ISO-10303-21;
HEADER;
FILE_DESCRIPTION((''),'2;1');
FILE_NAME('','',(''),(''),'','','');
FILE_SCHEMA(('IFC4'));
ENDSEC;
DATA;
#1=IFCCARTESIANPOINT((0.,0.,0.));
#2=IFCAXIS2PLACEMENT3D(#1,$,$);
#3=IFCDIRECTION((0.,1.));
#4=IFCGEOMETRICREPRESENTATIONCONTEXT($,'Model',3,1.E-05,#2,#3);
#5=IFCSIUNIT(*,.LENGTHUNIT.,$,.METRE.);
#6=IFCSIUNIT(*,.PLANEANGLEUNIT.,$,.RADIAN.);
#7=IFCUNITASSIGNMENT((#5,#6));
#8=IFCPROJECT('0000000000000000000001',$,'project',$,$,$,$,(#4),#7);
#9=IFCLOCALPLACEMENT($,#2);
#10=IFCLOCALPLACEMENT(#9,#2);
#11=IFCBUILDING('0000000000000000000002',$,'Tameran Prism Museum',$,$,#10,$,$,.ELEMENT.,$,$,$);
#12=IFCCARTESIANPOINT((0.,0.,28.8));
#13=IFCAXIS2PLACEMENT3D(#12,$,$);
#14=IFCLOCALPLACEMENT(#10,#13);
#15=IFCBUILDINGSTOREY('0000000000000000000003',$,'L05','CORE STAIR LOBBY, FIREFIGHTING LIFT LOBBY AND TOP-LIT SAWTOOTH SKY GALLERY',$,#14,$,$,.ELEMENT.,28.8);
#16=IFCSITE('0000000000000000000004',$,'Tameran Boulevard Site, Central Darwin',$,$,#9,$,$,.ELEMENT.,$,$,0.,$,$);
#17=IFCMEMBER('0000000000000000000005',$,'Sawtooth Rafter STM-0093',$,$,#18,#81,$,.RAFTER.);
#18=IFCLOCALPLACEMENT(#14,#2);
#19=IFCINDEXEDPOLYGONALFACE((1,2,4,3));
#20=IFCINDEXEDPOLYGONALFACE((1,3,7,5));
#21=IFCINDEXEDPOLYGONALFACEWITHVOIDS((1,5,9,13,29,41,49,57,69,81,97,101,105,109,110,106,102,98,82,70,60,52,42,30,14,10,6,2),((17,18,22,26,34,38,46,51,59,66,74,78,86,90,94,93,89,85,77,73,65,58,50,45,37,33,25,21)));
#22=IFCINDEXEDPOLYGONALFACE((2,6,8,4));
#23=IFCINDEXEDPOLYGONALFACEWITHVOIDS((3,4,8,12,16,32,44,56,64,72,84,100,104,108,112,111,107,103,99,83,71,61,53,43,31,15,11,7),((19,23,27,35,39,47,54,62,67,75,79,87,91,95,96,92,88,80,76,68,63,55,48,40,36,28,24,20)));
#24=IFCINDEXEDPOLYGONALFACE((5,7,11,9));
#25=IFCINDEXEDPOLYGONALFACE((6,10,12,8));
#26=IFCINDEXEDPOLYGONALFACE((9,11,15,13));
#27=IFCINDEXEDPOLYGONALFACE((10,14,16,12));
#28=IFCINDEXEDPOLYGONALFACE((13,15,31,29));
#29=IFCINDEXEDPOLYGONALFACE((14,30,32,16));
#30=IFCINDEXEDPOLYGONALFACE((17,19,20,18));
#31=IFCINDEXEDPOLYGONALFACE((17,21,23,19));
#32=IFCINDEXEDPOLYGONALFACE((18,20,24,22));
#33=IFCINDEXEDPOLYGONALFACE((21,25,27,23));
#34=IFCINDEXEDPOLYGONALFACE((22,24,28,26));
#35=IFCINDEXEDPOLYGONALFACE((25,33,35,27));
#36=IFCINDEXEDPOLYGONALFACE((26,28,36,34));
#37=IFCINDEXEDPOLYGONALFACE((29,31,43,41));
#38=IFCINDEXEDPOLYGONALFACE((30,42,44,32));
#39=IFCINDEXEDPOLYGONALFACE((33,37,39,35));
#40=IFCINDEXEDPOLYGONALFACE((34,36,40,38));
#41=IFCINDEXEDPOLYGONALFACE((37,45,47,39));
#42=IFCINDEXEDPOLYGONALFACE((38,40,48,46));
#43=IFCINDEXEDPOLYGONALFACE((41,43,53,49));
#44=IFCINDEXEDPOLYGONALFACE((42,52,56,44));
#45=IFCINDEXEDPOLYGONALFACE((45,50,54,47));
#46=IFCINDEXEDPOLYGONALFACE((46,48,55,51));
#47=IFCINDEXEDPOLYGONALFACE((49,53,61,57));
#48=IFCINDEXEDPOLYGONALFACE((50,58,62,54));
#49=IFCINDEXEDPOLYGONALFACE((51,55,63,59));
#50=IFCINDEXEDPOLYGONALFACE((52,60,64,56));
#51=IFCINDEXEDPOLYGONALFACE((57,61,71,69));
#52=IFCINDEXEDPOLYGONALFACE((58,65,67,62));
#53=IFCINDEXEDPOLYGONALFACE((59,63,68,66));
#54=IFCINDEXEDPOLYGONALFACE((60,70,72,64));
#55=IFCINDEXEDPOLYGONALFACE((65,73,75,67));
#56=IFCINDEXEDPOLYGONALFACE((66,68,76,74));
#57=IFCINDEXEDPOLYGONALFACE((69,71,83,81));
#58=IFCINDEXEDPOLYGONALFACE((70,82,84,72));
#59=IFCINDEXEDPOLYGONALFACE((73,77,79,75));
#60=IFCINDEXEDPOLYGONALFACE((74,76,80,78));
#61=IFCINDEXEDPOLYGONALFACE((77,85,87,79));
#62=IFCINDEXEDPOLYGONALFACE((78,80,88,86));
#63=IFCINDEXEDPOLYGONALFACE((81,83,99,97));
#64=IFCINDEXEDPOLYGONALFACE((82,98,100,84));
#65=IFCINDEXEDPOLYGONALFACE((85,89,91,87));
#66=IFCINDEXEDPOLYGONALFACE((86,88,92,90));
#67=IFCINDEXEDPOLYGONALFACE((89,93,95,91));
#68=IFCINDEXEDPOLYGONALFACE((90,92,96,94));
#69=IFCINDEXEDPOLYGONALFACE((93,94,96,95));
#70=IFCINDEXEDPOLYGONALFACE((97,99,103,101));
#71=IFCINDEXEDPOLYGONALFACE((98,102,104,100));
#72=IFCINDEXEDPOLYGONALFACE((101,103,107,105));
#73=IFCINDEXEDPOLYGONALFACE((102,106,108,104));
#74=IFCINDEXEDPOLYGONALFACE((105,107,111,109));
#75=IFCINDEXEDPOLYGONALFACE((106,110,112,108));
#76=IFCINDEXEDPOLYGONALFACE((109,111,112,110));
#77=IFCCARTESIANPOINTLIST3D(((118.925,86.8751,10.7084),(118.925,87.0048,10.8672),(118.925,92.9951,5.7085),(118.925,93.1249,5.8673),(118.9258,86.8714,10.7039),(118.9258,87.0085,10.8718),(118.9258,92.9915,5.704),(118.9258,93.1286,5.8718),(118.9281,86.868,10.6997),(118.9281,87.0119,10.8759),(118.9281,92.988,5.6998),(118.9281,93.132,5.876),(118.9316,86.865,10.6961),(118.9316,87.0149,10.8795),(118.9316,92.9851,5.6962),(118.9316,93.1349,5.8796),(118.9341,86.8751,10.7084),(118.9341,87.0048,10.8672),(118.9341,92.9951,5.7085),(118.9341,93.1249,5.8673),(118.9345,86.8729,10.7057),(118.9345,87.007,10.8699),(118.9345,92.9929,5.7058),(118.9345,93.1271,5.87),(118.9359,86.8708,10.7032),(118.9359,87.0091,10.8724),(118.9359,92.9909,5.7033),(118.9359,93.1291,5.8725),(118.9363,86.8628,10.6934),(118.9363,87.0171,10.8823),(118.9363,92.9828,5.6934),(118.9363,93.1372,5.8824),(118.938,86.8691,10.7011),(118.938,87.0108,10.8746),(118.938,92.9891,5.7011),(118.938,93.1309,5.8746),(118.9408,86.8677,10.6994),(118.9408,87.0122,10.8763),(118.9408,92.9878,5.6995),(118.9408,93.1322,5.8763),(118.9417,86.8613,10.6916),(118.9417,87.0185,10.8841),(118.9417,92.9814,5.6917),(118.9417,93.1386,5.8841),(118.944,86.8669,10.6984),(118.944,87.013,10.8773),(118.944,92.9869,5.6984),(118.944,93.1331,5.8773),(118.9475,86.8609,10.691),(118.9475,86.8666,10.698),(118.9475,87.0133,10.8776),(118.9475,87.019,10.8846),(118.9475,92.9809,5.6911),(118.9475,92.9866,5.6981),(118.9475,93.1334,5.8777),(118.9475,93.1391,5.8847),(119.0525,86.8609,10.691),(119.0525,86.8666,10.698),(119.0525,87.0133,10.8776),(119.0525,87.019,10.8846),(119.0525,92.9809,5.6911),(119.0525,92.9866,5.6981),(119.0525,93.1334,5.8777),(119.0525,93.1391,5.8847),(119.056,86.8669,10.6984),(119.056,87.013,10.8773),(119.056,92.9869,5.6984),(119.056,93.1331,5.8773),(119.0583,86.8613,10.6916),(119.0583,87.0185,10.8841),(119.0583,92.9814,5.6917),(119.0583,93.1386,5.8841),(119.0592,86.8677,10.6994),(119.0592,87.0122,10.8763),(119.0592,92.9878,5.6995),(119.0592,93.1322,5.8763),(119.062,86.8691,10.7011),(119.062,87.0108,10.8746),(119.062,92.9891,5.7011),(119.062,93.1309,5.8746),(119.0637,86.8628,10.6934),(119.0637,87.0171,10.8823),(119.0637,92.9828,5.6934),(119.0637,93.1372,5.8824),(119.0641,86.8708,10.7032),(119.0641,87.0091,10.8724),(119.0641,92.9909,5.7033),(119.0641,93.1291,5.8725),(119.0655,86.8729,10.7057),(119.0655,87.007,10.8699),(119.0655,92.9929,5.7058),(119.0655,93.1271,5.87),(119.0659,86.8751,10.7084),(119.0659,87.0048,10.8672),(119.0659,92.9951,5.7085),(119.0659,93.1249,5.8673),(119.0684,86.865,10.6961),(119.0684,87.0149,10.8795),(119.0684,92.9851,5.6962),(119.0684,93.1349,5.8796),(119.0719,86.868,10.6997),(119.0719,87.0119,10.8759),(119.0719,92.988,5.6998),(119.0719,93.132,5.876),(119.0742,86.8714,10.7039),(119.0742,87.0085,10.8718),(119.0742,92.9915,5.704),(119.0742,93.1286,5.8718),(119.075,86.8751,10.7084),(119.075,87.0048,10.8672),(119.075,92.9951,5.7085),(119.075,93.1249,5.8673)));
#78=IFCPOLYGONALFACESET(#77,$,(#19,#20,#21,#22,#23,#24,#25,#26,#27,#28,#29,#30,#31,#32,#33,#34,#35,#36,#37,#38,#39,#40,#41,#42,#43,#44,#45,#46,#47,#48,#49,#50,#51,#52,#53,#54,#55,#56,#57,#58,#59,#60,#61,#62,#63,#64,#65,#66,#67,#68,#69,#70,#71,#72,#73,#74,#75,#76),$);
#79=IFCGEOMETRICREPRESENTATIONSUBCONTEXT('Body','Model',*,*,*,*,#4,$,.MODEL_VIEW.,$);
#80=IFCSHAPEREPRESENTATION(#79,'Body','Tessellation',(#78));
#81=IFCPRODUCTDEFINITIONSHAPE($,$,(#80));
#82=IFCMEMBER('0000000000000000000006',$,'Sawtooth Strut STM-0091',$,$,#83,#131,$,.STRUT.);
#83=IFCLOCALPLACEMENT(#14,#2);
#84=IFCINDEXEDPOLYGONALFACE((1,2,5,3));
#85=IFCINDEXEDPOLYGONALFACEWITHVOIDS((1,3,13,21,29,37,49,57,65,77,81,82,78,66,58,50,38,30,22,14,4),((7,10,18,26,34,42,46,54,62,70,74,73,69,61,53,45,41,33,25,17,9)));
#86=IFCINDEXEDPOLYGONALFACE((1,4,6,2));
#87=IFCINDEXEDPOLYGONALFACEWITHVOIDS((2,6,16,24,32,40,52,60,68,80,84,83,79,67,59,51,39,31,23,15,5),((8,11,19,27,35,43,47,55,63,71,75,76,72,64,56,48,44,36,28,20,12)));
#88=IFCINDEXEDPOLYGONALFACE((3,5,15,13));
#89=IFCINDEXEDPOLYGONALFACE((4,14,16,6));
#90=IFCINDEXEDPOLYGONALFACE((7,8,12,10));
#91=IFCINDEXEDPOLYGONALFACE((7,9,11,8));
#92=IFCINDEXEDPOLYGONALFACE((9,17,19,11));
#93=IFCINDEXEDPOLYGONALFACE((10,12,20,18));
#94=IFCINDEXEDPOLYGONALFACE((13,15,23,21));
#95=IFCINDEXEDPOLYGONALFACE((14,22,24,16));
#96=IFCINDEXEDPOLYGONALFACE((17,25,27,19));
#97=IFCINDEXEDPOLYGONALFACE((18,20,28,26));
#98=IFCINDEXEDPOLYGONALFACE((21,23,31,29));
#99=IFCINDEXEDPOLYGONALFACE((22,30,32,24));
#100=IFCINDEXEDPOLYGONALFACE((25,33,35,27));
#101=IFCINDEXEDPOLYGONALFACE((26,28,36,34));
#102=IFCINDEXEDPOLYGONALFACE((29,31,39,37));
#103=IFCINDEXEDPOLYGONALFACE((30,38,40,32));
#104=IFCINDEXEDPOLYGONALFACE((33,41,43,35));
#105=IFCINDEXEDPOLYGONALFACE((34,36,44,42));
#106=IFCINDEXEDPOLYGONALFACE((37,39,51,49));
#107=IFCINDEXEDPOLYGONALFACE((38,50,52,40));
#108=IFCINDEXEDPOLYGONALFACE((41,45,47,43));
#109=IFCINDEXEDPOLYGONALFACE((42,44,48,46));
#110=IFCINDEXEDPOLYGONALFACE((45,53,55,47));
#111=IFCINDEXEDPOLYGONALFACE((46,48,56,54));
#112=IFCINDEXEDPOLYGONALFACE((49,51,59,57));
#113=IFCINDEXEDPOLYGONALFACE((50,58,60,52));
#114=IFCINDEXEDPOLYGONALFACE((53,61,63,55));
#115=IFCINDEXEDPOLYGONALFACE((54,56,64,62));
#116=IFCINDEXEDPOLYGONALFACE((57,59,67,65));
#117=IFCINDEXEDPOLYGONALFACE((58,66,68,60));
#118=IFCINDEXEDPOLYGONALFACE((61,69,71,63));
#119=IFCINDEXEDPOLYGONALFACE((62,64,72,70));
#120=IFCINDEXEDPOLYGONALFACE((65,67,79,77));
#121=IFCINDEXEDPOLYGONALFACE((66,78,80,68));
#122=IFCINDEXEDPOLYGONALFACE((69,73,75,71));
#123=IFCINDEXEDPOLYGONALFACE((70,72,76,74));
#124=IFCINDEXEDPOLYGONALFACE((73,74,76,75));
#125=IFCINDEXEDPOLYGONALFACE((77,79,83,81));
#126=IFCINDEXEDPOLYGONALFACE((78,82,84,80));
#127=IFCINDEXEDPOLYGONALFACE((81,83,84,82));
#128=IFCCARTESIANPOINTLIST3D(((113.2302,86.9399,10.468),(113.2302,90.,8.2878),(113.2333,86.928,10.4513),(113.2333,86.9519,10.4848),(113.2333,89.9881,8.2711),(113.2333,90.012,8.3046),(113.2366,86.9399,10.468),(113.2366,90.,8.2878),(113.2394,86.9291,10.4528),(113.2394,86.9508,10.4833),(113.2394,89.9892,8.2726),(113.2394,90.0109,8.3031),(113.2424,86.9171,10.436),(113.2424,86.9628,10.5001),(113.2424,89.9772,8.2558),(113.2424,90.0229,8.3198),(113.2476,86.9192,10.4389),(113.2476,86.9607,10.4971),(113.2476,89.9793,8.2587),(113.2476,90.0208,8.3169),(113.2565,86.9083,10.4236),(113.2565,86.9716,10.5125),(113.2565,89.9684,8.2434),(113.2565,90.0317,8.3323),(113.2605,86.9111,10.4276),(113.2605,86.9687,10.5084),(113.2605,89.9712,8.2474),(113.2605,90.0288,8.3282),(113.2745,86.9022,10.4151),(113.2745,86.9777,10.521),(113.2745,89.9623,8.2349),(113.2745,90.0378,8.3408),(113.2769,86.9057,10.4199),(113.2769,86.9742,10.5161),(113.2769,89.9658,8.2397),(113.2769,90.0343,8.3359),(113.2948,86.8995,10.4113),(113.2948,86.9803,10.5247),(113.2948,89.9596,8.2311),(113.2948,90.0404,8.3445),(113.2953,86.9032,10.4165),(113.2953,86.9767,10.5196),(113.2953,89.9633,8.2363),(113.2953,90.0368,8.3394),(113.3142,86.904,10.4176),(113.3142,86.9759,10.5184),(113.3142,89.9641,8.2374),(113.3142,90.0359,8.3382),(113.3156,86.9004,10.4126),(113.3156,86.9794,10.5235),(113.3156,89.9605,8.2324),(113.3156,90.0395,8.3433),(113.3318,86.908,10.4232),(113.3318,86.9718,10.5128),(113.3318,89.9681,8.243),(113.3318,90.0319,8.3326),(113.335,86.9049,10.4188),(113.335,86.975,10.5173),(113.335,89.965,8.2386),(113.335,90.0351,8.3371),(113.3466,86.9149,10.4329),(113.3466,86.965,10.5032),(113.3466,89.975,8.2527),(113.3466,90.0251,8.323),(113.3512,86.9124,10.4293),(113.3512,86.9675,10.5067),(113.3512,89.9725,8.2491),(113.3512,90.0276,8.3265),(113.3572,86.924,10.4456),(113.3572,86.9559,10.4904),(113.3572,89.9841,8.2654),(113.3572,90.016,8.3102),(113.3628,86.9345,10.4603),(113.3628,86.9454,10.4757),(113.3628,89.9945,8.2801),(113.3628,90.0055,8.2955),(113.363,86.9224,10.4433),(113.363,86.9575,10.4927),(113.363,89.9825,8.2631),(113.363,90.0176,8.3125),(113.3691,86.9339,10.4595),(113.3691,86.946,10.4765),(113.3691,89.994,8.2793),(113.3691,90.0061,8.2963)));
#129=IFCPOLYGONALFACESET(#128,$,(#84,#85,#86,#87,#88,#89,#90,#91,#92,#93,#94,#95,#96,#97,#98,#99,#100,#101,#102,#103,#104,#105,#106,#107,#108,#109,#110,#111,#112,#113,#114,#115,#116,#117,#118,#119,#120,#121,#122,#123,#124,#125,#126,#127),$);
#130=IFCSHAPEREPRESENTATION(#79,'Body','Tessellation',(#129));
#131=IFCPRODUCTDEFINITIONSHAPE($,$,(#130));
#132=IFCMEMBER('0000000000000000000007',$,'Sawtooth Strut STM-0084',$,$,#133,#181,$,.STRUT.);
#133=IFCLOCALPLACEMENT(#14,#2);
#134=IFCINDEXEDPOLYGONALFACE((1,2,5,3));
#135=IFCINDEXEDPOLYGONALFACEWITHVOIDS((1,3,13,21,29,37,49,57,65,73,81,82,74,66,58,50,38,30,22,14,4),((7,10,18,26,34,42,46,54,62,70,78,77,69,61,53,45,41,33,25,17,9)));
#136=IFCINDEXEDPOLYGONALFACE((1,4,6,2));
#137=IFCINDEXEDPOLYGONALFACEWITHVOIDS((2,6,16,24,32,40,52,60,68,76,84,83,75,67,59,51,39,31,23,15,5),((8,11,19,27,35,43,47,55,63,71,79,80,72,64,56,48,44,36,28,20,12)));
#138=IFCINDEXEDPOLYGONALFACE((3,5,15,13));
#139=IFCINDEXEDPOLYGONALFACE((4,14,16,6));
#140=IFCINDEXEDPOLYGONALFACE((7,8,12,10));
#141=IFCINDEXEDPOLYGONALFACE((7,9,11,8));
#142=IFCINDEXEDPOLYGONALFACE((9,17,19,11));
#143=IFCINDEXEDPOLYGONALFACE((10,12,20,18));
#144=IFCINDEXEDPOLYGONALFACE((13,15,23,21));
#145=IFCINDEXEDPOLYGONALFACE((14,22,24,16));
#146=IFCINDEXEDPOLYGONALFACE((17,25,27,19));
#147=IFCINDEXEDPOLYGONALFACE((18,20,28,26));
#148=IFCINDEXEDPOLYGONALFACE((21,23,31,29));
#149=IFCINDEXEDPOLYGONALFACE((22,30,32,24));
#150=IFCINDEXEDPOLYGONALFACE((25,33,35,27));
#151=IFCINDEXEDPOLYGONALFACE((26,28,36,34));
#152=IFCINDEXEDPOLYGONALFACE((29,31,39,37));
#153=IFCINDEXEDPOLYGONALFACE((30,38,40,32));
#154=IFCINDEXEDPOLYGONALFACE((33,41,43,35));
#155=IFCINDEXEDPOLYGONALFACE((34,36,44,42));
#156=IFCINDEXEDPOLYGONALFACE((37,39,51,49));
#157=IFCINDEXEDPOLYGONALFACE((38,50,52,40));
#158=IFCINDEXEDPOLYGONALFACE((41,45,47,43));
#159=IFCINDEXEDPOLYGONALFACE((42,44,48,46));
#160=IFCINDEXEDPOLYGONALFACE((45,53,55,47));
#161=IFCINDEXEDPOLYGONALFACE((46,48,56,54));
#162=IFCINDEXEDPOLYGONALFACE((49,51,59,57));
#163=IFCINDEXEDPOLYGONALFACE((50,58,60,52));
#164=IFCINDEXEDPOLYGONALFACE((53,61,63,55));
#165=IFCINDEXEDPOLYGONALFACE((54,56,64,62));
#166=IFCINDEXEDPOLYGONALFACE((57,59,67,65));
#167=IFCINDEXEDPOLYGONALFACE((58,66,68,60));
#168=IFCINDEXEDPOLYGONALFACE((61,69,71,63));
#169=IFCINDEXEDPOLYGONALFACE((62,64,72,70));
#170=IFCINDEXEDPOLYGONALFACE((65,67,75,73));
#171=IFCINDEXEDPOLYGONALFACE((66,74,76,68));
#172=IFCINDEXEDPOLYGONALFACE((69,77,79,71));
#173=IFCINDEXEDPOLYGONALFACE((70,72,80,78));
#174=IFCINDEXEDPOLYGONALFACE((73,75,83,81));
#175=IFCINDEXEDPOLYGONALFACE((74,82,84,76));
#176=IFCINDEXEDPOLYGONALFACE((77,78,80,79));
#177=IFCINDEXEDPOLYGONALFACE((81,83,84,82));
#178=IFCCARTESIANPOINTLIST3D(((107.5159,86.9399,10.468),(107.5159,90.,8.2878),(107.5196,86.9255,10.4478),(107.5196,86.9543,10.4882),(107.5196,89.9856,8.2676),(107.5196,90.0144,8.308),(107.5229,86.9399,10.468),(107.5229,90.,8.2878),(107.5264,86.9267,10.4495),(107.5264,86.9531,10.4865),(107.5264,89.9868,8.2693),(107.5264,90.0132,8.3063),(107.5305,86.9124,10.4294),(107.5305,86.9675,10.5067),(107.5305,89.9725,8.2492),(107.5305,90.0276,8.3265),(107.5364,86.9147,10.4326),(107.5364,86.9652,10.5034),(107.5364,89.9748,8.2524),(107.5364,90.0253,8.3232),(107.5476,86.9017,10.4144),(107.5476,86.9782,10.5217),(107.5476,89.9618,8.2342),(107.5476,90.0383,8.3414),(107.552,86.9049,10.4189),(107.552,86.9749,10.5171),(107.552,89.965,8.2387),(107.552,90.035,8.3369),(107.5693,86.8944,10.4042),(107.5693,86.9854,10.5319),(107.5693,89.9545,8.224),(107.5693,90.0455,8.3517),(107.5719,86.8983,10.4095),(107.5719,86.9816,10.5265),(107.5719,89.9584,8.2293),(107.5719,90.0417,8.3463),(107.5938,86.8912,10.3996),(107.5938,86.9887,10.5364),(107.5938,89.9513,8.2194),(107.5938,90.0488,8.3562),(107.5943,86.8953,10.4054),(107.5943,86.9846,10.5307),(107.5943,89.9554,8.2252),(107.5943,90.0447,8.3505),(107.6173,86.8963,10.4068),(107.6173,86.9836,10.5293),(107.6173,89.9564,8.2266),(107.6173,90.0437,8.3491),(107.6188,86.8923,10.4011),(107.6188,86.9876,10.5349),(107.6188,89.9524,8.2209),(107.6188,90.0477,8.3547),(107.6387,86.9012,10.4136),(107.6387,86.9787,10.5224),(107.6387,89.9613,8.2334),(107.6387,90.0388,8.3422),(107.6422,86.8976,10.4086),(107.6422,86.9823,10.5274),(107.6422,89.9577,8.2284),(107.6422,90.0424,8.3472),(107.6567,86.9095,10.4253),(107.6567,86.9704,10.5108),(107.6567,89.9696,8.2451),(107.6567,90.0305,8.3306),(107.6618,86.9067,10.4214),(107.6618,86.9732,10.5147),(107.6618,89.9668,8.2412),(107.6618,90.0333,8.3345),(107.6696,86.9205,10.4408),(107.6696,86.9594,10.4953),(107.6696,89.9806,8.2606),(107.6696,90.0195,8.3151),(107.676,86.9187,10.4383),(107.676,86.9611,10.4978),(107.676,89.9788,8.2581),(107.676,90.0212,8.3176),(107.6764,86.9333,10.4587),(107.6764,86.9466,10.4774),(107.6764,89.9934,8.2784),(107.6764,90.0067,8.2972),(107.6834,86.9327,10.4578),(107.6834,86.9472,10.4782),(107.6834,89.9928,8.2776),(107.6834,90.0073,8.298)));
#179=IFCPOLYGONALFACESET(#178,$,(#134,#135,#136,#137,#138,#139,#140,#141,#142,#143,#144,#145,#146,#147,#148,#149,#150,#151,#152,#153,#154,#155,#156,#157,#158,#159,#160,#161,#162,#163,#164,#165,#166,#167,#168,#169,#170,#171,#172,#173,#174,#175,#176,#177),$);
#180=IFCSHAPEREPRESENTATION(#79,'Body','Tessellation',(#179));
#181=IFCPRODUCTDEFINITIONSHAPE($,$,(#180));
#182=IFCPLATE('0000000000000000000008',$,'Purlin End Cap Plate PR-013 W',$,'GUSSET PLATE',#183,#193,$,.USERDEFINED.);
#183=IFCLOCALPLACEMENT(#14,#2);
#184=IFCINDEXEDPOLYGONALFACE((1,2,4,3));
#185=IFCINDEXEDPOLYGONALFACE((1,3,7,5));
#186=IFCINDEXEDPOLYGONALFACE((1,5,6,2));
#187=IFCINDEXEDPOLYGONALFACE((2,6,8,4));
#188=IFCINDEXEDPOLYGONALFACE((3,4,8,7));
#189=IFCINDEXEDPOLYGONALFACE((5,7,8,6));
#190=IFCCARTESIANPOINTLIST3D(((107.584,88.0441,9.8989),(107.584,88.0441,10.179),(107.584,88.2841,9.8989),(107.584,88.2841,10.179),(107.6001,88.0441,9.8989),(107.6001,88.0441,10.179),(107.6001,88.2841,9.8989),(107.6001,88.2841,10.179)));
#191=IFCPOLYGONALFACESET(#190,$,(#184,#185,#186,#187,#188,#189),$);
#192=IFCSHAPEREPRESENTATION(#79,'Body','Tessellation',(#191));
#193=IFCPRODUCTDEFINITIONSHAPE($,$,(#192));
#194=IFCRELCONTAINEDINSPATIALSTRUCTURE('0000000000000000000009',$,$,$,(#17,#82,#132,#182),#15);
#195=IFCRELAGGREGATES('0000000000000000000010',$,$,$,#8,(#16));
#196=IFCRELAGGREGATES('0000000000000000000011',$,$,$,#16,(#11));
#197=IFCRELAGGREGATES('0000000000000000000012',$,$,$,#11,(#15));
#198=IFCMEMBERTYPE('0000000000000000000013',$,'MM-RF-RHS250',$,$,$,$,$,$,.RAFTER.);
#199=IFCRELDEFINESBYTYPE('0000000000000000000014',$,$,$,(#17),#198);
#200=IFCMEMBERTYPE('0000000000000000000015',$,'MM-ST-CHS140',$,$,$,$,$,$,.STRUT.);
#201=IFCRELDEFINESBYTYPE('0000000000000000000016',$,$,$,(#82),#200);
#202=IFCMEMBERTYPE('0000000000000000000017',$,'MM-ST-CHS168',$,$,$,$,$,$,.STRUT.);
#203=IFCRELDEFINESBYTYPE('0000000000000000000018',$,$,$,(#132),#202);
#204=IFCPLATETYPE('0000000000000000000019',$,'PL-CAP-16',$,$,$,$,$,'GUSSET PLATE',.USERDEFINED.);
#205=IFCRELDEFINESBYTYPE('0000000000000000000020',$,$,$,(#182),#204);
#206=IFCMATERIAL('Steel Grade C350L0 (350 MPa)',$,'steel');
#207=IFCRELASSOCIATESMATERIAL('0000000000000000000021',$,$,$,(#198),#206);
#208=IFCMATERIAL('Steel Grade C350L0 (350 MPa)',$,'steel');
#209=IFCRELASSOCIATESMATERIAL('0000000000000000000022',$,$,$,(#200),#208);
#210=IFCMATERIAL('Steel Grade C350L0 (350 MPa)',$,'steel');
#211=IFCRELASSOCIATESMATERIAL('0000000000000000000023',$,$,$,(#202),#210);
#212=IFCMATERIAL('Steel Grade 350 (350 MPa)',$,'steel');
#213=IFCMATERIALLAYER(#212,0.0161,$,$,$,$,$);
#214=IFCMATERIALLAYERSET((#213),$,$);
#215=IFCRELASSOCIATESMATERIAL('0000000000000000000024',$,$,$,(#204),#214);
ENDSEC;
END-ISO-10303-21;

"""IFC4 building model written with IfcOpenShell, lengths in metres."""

from ifc_helpers import new_model, si_unit, direction, frame, origin, origin_2d, place, context, subcontext, project, spatial, rectangle, hollow_rectangle, hollow_circle, extrude, material, layer, layer_set, material_profile, profile_set, type_object, element, save


model = new_model("IFC4")

# Units and contexts
model_context = context("Model", 3, precision=1e-05, world=origin(), true_north=direction((0.0, 1.0)))
body_context = subcontext(model_context, "Body", "Model", "MODEL_VIEW")
ifc_project = project(units=[si_unit("LENGTHUNIT", "METRE"), si_unit("PLANEANGLEUNIT", "RADIAN")], contexts=[model_context])

# Site, building, storey
site_placement = place(None, origin())
site = spatial("IfcSite", under=ifc_project, at=site_placement, Name="Tameran Boulevard Site, Central Darwin", CompositionType="ELEMENT", RefElevation=0.0)
building_placement = place(site_placement, origin())
building = spatial("IfcBuilding", under=site, at=building_placement, Name="Tameran Prism Museum", CompositionType="ELEMENT")
storey_placement = place(building_placement, frame((0.0, 0.0, 28.8)))
storey = spatial("IfcBuildingStorey", under=building, at=storey_placement, Name="L05", Description="CORE STAIR LOBBY, FIREFIGHTING LIFT LOBBY AND TOP-LIT SAWTOOTH SKY GALLERY", CompositionType="ELEMENT", Elevation=28.8)

# Members
ifc_material_1 = material(Name="Steel Grade C350L0 (350 MPa)", Category="steel")
ifc_material_profile_1 = material_profile(ifc_material_1, hollow_rectangle(XDim=0.1499, YDim=0.25, WallThickness=0.009, InnerFilletRadius=0.0134, OuterFilletRadius=0.0225, at=origin_2d()))
ifc_profile_set_1 = profile_set([ifc_material_profile_1])
member_type_1 = type_object("IfcMemberType", Name="MM-RF-RHS250", PredefinedType="RAFTER", material=ifc_profile_set_1)
for number, where, z_axis, x_axis, name in (
    (1, (119.0, 86.9399, 10.7878), (0.0, 0.774414, -0.632679), (-1.0, 0.0, 0.0), "Sawtooth Rafter STM-0093"),
):
    element("IfcMember", number, at=place(storey_placement, frame(where, z_axis=z_axis, x_axis=x_axis)), inside=storey, type_object=member_type_1, Name=name, PredefinedType="RAFTER", context=body_context, shape_type="SweptSolid", body=[
        extrude(hollow_rectangle(XDim=0.1499, YDim=0.25, WallThickness=0.009, InnerFilletRadius=0.0134, OuterFilletRadius=0.0225, at=origin_2d()), origin(), (0.0, 0.0, 1.0), 7.9028),
    ])
ifc_material_2 = material(Name="Steel Grade C350L0 (350 MPa)", Category="steel")
ifc_material_profile_2 = material_profile(ifc_material_2, hollow_circle(Radius=0.0698, WallThickness=0.0063, at=origin_2d()))
ifc_profile_set_2 = profile_set([ifc_material_profile_2])
member_type_2 = type_object("IfcMemberType", Name="MM-ST-CHS140", PredefinedType="STRUT", material=ifc_profile_set_2)
member_1_placement = place(storey_placement, frame((113.3, 86.9399, 10.468), z_axis=(0.0, 0.814435, -0.580254), x_axis=(-1.0, 0.0, 0.0)))
element("IfcMember", 2, at=member_1_placement, inside=storey, type_object=member_type_2, Name="Sawtooth Strut STM-0091", PredefinedType="STRUT", context=body_context, shape_type="SweptSolid", body=[
    extrude(hollow_circle(Radius=0.0698, WallThickness=0.0063, at=origin_2d()), origin(), (0.0, 0.0, 1.0), 3.7573),
])
ifc_material_3 = material(Name="Steel Grade C350L0 (350 MPa)", Category="steel")
ifc_material_profile_3 = material_profile(ifc_material_3, hollow_circle(Radius=0.0842, WallThickness=0.0071, at=origin_2d()))
ifc_profile_set_3 = profile_set([ifc_material_profile_3])
member_type_3 = type_object("IfcMemberType", Name="MM-ST-CHS168", PredefinedType="STRUT", material=ifc_profile_set_3)
member_2_placement = place(storey_placement, frame((107.6001, 86.9399, 10.468), z_axis=(0.0, 0.814435, -0.580254), x_axis=(-1.0, 0.0, 0.0)))
element("IfcMember", 3, at=member_2_placement, inside=storey, type_object=member_type_3, Name="Sawtooth Strut STM-0084", PredefinedType="STRUT", context=body_context, shape_type="SweptSolid", body=[
    extrude(hollow_circle(Radius=0.0842, WallThickness=0.0071, at=origin_2d()), origin(), (0.0, 0.0, 1.0), 3.7573),
])

# Plate
ifc_material_4 = material(Name="Steel Grade 350 (350 MPa)", Category="steel")
ifc_layer_1 = layer(ifc_material_4, 0.0161)
ifc_layer_set_1 = layer_set([ifc_layer_1])
plate_type_1 = type_object("IfcPlateType", Name="PL-CAP-16", ElementType="GUSSET PLATE", PredefinedType="USERDEFINED", material=ifc_layer_set_1)
for number, where, z_axis, x_axis, name in (
    (4, (107.592, 88.1641, 9.8989), (0.0, 0.0, 1.0), (1.0, 0.0, 0.0), "Purlin End Cap Plate PR-013 W"),
):
    element("IfcPlate", number, at=place(storey_placement, frame(where, z_axis=z_axis, x_axis=x_axis)), inside=storey, type_object=plate_type_1, Name=name, ObjectType="GUSSET PLATE", PredefinedType="USERDEFINED", context=body_context, shape_type="SweptSolid", body=[
        extrude(rectangle(XDim=0.0161, YDim=0.24, at=origin_2d()), origin(), (0.0, 0.0, 1.0), 0.28),
    ])

save(model, "model.ifc")
